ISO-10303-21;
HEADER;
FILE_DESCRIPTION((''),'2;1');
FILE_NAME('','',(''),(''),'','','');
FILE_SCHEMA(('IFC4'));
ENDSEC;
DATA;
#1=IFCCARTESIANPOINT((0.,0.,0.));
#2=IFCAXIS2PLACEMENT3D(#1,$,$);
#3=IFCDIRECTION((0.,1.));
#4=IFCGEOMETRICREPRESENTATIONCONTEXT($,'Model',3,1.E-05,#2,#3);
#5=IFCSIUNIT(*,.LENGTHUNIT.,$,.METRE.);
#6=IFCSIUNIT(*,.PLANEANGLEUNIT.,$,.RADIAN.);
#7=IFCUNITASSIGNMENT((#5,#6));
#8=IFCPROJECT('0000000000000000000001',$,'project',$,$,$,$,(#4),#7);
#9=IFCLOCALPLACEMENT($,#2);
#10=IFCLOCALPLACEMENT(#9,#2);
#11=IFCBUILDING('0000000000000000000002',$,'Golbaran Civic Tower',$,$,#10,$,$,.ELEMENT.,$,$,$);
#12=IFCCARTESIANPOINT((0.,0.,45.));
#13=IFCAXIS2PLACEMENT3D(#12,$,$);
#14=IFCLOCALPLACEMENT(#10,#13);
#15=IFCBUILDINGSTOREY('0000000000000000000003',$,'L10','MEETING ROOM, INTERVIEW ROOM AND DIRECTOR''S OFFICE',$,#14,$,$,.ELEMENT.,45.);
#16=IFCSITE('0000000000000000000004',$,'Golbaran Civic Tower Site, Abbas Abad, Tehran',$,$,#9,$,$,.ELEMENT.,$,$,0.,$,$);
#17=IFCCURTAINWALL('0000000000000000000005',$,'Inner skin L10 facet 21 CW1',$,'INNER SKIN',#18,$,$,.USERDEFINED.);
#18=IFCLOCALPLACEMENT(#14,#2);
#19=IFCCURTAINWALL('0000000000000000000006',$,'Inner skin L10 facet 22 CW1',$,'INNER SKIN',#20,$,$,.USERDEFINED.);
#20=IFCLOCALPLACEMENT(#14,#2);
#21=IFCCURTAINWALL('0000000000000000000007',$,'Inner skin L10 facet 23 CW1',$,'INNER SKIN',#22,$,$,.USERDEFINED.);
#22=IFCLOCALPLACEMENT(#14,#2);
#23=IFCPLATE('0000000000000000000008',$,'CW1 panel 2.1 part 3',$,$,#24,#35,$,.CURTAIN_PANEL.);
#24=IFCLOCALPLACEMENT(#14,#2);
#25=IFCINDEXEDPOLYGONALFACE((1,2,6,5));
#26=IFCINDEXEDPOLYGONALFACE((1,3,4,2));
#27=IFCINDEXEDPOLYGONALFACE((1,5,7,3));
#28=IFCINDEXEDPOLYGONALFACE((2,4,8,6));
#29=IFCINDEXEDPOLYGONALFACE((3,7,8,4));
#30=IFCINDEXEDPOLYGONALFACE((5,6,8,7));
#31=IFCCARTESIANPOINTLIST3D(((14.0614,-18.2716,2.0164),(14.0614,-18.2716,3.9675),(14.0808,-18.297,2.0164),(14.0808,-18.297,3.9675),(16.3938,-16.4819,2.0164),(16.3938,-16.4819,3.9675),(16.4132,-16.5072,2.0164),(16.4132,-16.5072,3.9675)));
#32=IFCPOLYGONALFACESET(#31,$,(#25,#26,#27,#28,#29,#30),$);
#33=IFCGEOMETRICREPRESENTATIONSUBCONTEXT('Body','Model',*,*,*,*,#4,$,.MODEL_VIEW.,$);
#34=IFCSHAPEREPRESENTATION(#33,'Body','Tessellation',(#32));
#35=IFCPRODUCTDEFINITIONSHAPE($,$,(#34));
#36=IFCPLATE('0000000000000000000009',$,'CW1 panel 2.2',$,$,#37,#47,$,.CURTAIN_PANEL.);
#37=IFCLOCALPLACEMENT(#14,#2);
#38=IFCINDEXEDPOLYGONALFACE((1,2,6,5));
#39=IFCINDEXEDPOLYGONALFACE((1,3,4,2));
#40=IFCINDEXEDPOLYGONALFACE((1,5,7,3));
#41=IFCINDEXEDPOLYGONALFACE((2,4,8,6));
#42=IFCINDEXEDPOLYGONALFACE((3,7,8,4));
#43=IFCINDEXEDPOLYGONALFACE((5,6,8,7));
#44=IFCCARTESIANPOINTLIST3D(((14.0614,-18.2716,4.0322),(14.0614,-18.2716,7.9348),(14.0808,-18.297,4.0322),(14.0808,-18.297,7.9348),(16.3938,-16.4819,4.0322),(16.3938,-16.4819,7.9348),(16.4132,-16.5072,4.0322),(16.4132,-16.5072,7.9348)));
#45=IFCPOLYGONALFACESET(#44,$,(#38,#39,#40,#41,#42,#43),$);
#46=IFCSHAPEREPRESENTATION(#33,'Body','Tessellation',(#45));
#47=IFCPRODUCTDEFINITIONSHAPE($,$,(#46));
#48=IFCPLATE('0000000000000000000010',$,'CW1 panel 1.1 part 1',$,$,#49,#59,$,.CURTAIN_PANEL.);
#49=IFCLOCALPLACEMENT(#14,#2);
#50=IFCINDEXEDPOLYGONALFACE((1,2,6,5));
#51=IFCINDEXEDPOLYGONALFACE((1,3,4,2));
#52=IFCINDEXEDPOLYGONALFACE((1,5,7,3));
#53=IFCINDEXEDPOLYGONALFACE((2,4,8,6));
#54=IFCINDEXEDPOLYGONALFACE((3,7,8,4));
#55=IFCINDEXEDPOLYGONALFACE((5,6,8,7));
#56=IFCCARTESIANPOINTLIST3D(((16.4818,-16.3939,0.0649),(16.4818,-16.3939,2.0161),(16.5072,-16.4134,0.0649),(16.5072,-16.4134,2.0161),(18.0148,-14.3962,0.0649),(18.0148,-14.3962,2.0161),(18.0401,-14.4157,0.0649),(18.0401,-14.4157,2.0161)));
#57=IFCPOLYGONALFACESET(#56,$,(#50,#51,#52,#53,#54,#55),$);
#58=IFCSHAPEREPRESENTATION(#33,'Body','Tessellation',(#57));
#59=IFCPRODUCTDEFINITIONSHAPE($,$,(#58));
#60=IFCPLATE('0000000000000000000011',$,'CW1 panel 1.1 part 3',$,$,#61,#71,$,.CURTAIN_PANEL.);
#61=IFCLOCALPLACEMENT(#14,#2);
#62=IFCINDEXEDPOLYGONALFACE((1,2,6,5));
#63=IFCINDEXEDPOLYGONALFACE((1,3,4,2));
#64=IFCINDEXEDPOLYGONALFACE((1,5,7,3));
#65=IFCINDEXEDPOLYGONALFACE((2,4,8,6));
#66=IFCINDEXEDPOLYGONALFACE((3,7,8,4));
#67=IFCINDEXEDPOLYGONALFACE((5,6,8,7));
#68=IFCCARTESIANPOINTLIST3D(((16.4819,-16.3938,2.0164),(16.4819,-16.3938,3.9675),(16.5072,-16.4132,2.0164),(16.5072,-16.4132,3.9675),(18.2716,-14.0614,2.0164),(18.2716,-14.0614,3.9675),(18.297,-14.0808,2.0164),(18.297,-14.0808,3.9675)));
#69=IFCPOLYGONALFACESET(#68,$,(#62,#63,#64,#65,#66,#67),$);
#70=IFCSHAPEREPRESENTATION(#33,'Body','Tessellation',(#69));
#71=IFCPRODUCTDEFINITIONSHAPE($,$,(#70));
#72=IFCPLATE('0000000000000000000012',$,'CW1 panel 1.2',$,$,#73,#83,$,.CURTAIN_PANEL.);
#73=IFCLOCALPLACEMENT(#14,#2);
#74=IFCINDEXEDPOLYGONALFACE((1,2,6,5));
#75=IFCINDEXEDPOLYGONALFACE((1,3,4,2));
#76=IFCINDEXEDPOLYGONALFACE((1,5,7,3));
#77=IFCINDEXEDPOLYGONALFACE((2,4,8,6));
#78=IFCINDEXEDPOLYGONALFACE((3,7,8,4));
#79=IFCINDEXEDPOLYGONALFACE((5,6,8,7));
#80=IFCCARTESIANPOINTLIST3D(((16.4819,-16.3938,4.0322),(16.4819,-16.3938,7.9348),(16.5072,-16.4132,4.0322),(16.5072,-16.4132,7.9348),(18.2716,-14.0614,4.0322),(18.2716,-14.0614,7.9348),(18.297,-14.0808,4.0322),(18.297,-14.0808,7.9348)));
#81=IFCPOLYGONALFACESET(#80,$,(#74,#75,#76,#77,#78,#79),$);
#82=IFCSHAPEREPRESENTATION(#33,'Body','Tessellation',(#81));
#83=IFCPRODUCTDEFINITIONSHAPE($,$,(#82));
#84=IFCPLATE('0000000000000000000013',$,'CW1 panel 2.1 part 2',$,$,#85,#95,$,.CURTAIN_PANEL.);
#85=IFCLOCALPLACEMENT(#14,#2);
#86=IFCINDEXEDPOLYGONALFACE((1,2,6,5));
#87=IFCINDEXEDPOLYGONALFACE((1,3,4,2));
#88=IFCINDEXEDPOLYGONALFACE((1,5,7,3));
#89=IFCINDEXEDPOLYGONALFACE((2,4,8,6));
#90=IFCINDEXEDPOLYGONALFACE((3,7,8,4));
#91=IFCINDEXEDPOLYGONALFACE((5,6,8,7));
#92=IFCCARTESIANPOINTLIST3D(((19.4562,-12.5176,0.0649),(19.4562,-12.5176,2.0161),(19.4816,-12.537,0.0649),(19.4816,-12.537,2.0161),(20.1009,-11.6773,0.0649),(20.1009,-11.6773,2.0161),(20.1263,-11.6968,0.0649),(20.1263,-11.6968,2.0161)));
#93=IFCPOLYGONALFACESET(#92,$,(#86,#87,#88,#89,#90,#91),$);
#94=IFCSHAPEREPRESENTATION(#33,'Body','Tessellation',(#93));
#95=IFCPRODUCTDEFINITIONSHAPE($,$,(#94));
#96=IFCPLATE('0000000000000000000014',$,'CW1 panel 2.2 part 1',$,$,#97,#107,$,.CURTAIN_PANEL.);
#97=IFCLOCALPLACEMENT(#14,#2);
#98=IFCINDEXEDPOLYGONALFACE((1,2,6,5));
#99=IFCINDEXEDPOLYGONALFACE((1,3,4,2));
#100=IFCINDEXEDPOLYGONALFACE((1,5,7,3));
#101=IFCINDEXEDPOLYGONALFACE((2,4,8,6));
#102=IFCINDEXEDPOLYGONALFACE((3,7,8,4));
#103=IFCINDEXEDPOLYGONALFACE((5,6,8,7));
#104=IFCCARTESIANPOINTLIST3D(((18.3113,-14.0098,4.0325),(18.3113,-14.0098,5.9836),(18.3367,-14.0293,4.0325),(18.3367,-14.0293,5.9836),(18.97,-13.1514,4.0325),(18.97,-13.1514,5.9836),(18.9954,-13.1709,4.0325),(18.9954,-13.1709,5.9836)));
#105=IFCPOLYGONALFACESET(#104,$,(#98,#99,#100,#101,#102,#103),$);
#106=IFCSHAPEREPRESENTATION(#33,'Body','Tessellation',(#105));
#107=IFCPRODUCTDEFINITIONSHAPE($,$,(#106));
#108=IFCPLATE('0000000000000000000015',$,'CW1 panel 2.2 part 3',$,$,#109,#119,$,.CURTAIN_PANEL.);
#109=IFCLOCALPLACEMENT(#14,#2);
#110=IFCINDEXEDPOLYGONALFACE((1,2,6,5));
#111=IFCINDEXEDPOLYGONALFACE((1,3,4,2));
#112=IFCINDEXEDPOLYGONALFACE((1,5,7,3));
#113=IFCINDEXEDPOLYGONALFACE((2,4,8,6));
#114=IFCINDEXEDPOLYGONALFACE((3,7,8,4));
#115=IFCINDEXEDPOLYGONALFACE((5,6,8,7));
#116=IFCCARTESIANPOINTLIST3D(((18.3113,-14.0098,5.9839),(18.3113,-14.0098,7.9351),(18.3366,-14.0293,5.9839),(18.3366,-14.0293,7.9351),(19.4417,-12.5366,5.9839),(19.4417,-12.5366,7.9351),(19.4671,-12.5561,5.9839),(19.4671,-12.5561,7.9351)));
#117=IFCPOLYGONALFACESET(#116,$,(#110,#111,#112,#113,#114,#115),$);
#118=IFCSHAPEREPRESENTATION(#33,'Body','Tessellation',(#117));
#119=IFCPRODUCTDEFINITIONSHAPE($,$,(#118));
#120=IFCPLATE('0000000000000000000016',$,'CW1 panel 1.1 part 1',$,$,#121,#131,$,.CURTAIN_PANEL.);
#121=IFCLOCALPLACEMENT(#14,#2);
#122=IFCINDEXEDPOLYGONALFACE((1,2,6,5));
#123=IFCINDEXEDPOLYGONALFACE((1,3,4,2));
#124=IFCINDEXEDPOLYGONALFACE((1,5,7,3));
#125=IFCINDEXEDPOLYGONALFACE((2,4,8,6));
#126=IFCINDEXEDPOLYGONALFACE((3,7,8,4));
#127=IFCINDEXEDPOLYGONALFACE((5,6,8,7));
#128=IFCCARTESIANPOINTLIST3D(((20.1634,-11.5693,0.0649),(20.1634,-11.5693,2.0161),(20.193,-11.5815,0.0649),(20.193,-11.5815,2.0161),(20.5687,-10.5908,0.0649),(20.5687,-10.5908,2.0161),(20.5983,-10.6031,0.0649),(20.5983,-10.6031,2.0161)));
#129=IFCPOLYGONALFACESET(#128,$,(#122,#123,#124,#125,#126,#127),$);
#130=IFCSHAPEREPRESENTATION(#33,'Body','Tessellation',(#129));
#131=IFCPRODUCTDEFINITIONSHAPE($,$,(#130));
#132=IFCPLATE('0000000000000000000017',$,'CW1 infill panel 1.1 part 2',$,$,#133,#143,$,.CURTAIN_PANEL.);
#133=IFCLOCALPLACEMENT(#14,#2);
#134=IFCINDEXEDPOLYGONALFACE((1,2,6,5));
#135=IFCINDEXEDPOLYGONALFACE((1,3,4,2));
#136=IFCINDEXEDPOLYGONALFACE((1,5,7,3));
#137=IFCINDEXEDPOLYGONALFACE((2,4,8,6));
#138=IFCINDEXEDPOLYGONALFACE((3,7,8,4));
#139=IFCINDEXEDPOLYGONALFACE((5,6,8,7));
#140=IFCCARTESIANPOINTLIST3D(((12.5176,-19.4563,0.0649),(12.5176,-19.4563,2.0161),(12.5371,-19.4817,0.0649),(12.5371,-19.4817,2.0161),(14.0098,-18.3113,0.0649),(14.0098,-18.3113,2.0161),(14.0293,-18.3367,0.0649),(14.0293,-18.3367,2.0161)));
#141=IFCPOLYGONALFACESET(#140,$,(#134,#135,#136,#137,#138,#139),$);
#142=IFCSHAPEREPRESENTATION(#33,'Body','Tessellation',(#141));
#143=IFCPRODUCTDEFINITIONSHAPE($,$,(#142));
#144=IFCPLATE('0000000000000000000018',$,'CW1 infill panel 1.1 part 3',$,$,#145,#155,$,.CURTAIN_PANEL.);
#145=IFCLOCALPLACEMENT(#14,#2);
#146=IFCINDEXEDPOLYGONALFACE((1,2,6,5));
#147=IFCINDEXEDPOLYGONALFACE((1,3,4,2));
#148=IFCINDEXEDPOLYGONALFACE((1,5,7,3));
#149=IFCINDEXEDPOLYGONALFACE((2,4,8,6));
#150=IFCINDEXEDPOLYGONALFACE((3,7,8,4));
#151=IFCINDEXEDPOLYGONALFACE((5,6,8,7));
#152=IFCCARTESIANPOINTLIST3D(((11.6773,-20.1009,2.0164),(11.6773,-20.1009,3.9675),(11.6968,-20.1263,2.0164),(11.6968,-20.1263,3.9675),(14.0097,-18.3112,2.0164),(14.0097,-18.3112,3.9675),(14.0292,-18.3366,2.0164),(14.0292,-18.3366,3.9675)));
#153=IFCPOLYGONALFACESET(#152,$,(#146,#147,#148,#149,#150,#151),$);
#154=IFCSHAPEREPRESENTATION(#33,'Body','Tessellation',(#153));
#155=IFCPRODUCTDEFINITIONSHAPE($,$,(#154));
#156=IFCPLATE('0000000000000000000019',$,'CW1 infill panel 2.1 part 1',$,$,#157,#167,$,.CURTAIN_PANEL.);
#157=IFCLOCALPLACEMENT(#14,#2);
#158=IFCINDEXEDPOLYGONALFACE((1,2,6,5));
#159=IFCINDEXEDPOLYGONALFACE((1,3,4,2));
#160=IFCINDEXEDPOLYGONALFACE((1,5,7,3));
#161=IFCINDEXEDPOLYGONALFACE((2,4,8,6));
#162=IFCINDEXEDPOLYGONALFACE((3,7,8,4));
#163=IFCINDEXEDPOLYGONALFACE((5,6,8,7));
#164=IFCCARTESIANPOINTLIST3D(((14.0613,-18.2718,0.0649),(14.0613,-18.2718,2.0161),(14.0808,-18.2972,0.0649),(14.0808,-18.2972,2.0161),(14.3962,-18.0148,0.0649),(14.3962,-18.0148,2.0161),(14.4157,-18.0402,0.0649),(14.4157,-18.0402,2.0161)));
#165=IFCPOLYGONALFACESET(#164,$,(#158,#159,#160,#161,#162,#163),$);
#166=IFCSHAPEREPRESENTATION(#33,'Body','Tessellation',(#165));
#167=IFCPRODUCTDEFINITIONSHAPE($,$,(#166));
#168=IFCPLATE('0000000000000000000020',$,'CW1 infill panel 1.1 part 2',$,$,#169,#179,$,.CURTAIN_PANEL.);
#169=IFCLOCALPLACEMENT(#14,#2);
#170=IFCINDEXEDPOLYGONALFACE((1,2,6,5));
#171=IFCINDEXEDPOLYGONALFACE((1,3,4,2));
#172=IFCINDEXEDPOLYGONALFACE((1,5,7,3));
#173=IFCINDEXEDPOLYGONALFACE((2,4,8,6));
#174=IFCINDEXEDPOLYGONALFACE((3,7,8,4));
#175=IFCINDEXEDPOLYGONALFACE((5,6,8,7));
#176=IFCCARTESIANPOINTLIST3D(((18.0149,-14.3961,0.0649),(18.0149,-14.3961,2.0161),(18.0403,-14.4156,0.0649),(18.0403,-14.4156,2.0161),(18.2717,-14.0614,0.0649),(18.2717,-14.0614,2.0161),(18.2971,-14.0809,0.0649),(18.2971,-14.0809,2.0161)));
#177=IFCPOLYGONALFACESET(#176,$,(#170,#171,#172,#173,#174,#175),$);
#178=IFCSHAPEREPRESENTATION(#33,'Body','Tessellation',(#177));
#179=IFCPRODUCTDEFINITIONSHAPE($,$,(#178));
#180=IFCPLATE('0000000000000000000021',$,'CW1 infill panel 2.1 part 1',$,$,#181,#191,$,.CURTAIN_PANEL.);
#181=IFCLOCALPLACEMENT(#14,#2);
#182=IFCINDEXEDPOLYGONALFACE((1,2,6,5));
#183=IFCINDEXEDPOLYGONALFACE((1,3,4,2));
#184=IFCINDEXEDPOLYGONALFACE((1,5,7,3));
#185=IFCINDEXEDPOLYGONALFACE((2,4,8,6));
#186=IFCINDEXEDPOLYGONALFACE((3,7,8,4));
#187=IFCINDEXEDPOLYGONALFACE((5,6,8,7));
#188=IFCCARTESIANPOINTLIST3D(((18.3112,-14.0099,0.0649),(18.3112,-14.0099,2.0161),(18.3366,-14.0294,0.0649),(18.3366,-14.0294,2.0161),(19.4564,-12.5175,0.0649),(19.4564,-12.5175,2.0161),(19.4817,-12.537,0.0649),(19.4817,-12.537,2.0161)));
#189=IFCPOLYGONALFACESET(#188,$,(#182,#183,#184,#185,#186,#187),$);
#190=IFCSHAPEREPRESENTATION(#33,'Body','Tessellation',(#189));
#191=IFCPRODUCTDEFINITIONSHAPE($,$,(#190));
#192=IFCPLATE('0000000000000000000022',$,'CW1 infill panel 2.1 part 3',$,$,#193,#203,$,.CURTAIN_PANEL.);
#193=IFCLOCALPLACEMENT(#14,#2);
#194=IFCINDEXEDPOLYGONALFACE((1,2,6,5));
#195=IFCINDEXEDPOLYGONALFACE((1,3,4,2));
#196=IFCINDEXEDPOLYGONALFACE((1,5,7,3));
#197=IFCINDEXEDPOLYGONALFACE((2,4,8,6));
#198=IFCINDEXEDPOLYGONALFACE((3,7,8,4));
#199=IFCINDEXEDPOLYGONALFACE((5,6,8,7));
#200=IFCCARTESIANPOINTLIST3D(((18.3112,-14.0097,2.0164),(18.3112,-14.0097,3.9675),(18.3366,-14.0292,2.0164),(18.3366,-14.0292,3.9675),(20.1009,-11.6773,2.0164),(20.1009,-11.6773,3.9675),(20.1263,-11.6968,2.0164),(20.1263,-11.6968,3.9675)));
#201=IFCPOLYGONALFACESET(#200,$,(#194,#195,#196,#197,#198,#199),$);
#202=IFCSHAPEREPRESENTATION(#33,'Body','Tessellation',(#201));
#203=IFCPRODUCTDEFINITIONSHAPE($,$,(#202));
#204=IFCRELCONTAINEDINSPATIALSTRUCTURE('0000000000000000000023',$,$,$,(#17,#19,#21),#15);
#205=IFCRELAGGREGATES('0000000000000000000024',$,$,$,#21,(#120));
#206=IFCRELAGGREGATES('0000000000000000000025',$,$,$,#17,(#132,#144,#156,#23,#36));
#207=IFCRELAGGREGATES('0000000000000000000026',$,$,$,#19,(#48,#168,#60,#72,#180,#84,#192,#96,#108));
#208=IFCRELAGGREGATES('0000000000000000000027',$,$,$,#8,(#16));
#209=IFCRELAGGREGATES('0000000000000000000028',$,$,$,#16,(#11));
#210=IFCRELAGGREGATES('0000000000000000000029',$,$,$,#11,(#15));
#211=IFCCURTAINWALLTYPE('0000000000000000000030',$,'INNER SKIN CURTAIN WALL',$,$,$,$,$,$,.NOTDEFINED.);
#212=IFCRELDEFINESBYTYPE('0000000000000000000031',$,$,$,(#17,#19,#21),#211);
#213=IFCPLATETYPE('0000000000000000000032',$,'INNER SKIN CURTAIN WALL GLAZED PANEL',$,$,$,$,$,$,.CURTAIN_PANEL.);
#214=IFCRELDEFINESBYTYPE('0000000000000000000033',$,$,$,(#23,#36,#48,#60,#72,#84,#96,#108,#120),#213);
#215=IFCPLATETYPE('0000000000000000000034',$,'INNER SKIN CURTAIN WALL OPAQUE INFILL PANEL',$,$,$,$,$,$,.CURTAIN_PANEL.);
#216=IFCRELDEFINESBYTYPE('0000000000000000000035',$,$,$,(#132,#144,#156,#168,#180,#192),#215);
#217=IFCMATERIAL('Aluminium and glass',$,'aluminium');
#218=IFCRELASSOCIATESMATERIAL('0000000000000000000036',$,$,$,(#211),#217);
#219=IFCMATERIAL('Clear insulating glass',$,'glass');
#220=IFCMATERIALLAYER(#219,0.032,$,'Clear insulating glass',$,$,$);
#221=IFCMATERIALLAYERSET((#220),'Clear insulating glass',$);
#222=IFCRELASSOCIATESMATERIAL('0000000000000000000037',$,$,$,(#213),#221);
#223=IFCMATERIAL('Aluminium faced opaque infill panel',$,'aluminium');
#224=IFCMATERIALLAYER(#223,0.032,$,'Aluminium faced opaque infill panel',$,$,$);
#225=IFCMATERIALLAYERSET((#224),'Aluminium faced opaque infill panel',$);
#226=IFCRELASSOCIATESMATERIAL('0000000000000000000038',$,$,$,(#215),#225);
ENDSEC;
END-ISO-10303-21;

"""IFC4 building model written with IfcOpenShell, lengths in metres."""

from ifc_helpers import new_model, si_unit, direction, frame, origin, origin_2d, place, context, subcontext, project, spatial, rectangle, extrude, material, layer, layer_set, type_object, element, aggregate, save


model = new_model("IFC4")

# Units and contexts
model_context = context("Model", 3, precision=1e-05, world=origin(), true_north=direction((0.0, 1.0)))
body_context = subcontext(model_context, "Body", "Model", "MODEL_VIEW")
ifc_project = project(units=[si_unit("LENGTHUNIT", "METRE"), si_unit("PLANEANGLEUNIT", "RADIAN")], contexts=[model_context])

# Site, building, storey
site_placement = place(None, origin())
site = spatial("IfcSite", under=ifc_project, at=site_placement, Name="Golbaran Civic Tower Site, Abbas Abad, Tehran", CompositionType="ELEMENT", RefElevation=0.0)
building_placement = place(site_placement, origin())
building = spatial("IfcBuilding", under=site, at=building_placement, Name="Golbaran Civic Tower", CompositionType="ELEMENT")
storey_placement = place(building_placement, frame((0.0, 0.0, 45.0)))
storey = spatial("IfcBuildingStorey", under=building, at=storey_placement, Name="L10", Description="MEETING ROOM, INTERVIEW ROOM AND DIRECTOR'S OFFICE", CompositionType="ELEMENT", Elevation=45.0)

# Curtain walls
ifc_material_1 = material(Name="Aluminium and glass", Category="aluminium")
curtain_wall_type = type_object("IfcCurtainWallType", Name="INNER SKIN CURTAIN WALL", PredefinedType="NOTDEFINED", material=ifc_material_1)
curtain_wall_1_placement = place(storey_placement, origin())
curtain_wall_1 = element("IfcCurtainWall", 1, at=curtain_wall_1_placement, inside=storey, type_object=curtain_wall_type, Name="Inner skin L10 facet 21 CW1", ObjectType="INNER SKIN", PredefinedType="USERDEFINED")
curtain_wall_2_placement = place(storey_placement, origin())
curtain_wall_2 = element("IfcCurtainWall", 2, at=curtain_wall_2_placement, inside=storey, type_object=curtain_wall_type, Name="Inner skin L10 facet 22 CW1", ObjectType="INNER SKIN", PredefinedType="USERDEFINED")

# Curtain wall
curtain_wall_3_placement = place(storey_placement, origin())
curtain_wall_3 = element("IfcCurtainWall", 3, at=curtain_wall_3_placement, inside=storey, type_object=curtain_wall_type, Name="Inner skin L10 facet 23 CW1", ObjectType="INNER SKIN", PredefinedType="USERDEFINED")

# Plates
ifc_material_2 = material(Name="Clear insulating glass", Category="glass")
ifc_layer_1 = layer(ifc_material_2, 0.032, Name="Clear insulating glass")
ifc_layer_set_1 = layer_set([ifc_layer_1], Name="Clear insulating glass")
plate_type_1 = type_object("IfcPlateType", Name="INNER SKIN CURTAIN WALL GLAZED PANEL", PredefinedType="CURTAIN_PANEL", material=ifc_layer_set_1)
plate_1_placement = place(storey_placement, frame((15.2373, -17.3894, 2.0164), z_axis=(0.0, 0.0, 1.0), x_axis=(0.793353, 0.608761, 0.0)))
plate_1 = element("IfcPlate", 4, at=plate_1_placement, type_object=plate_type_1, Name="CW1 panel 2.1 part 3", PredefinedType="CURTAIN_PANEL", context=body_context, shape_type="SweptSolid", body=[
    extrude(rectangle(XDim=2.9399, YDim=0.032, at=origin_2d()), origin(), (0.0, 0.0, 1.0), 1.9512),
])
plate_2_placement = place(storey_placement, frame((15.2373, -17.3894, 4.0322), z_axis=(0.0, 0.0, 1.0), x_axis=(0.793353, 0.608761, 0.0)))
plate_2 = element("IfcPlate", 5, at=plate_2_placement, type_object=plate_type_1, Name="CW1 panel 2.2", PredefinedType="CURTAIN_PANEL", context=body_context, shape_type="SweptSolid", body=[
    extrude(rectangle(XDim=2.9399, YDim=0.032, at=origin_2d()), origin(), (0.0, 0.0, 1.0), 3.9026),
])
plate_3_placement = place(storey_placement, frame((17.261, -15.4048, 0.0649), z_axis=(0.0, 0.0, 1.0), x_axis=(0.608761, 0.793353, 0.0)))
plate_3 = element("IfcPlate", 6, at=plate_3_placement, type_object=plate_type_1, Name="CW1 panel 1.1 part 1", PredefinedType="CURTAIN_PANEL", context=body_context, shape_type="SweptSolid", body=[
    extrude(rectangle(XDim=2.5181, YDim=0.032, at=origin_2d()), origin(), (0.0, 0.0, 1.0), 1.9512),
])
plate_4_placement = place(storey_placement, frame((17.3894, -15.2373, 2.0164), z_axis=(0.0, 0.0, 1.0), x_axis=(0.608761, 0.793353, 0.0)))
plate_4 = element("IfcPlate", 7, at=plate_4_placement, type_object=plate_type_1, Name="CW1 panel 1.1 part 3", PredefinedType="CURTAIN_PANEL", context=body_context, shape_type="SweptSolid", body=[
    extrude(rectangle(XDim=2.9399, YDim=0.032, at=origin_2d()), origin(), (0.0, 0.0, 1.0), 1.9512),
])
plate_5_placement = place(storey_placement, frame((17.3894, -15.2373, 4.0322), z_axis=(0.0, 0.0, 1.0), x_axis=(0.608761, 0.793353, 0.0)))
plate_5 = element("IfcPlate", 8, at=plate_5_placement, type_object=plate_type_1, Name="CW1 panel 1.2", PredefinedType="CURTAIN_PANEL", context=body_context, shape_type="SweptSolid", body=[
    extrude(rectangle(XDim=2.9399, YDim=0.032, at=origin_2d()), origin(), (0.0, 0.0, 1.0), 3.9026),
])
plate_6_placement = place(storey_placement, frame((19.7913, -12.1072, 0.0649), z_axis=(0.0, 0.0, 1.0), x_axis=(0.608761, 0.793353, 0.0)))
plate_6 = element("IfcPlate", 9, at=plate_6_placement, type_object=plate_type_1, Name="CW1 panel 2.1 part 2", PredefinedType="CURTAIN_PANEL", context=body_context, shape_type="SweptSolid", body=[
    extrude(rectangle(XDim=1.0591, YDim=0.032, at=origin_2d()), origin(), (0.0, 0.0, 1.0), 1.9512),
])
plate_7_placement = place(storey_placement, frame((18.6533, -13.5903, 4.0325), z_axis=(0.0, 0.0, 1.0), x_axis=(0.608761, 0.793353, 0.0)))
plate_7 = element("IfcPlate", 10, at=plate_7_placement, type_object=plate_type_1, Name="CW1 panel 2.2 part 1", PredefinedType="CURTAIN_PANEL", context=body_context, shape_type="SweptSolid", body=[
    extrude(rectangle(XDim=1.082, YDim=0.032, at=origin_2d()), origin(), (0.0, 0.0, 1.0), 1.9512),
])
plate_8_placement = place(storey_placement, frame((18.8892, -13.283, 5.9839), z_axis=(0.0, 0.0, 1.0), x_axis=(0.608761, 0.793353, 0.0)))
plate_8 = element("IfcPlate", 11, at=plate_8_placement, type_object=plate_type_1, Name="CW1 panel 2.2 part 3", PredefinedType="CURTAIN_PANEL", context=body_context, shape_type="SweptSolid", body=[
    extrude(rectangle(XDim=1.8569, YDim=0.032, at=origin_2d()), origin(), (0.0, 0.0, 1.0), 1.9512),
])
plate_9_placement = place(storey_placement, frame((20.3809, -11.0862, 0.0649), z_axis=(0.0, 0.0, 1.0), x_axis=(0.382683, 0.92388, 0.0)))
plate_9 = element("IfcPlate", 12, at=plate_9_placement, type_object=plate_type_1, Name="CW1 panel 1.1 part 1", PredefinedType="CURTAIN_PANEL", context=body_context, shape_type="SweptSolid", body=[
    extrude(rectangle(XDim=1.0591, YDim=0.032, at=origin_2d()), origin(), (0.0, 0.0, 1.0), 1.9512),
])
aggregate(curtain_wall_3, [plate_9])
ifc_material_3 = material(Name="Aluminium faced opaque infill panel", Category="aluminium")
ifc_layer_2 = layer(ifc_material_3, 0.032, Name="Aluminium faced opaque infill panel")
ifc_layer_set_2 = layer_set([ifc_layer_2], Name="Aluminium faced opaque infill panel")
plate_type_2 = type_object("IfcPlateType", Name="INNER SKIN CURTAIN WALL OPAQUE INFILL PANEL", PredefinedType="CURTAIN_PANEL", material=ifc_layer_set_2)
plate_10_placement = place(storey_placement, frame((13.2734, -18.8965, 0.0649), z_axis=(0.0, 0.0, 1.0), x_axis=(0.793353, 0.608761, 0.0)))
plate_10 = element("IfcPlate", 13, at=plate_10_placement, type_object=plate_type_2, Name="CW1 infill panel 1.1 part 2", PredefinedType="CURTAIN_PANEL", context=body_context, shape_type="SweptSolid", body=[
    extrude(rectangle(XDim=1.8809, YDim=0.032, at=origin_2d()), origin(), (0.0, 0.0, 1.0), 1.9512),
])
plate_11_placement = place(storey_placement, frame((12.8533, -19.2188, 2.0164), z_axis=(0.0, 0.0, 1.0), x_axis=(0.793353, 0.608761, 0.0)))
plate_11 = element("IfcPlate", 14, at=plate_11_placement, type_object=plate_type_2, Name="CW1 infill panel 1.1 part 3", PredefinedType="CURTAIN_PANEL", context=body_context, shape_type="SweptSolid", body=[
    extrude(rectangle(XDim=2.9399, YDim=0.032, at=origin_2d()), origin(), (0.0, 0.0, 1.0), 1.9512),
])
plate_12_placement = place(storey_placement, frame((14.2385, -18.156, 0.0649), z_axis=(0.0, 0.0, 1.0), x_axis=(0.793353, 0.608761, 0.0)))
plate_12 = element("IfcPlate", 15, at=plate_12_placement, type_object=plate_type_2, Name="CW1 infill panel 2.1 part 1", PredefinedType="CURTAIN_PANEL", context=body_context, shape_type="SweptSolid", body=[
    extrude(rectangle(XDim=0.4221, YDim=0.032, at=origin_2d()), origin(), (0.0, 0.0, 1.0), 1.9512),
])
aggregate(curtain_wall_1, [plate_10, plate_11, plate_12, plate_1, plate_2])
plate_13_placement = place(storey_placement, frame((18.156, -14.2385, 0.0649), z_axis=(0.0, 0.0, 1.0), x_axis=(0.608761, 0.793353, 0.0)))
plate_13 = element("IfcPlate", 16, at=plate_13_placement, type_object=plate_type_2, Name="CW1 infill panel 1.1 part 2", PredefinedType="CURTAIN_PANEL", context=body_context, shape_type="SweptSolid", body=[
    extrude(rectangle(XDim=0.4219, YDim=0.032, at=origin_2d()), origin(), (0.0, 0.0, 1.0), 1.9512),
])
plate_14_placement = place(storey_placement, frame((18.8965, -13.2734, 0.0649), z_axis=(0.0, 0.0, 1.0), x_axis=(0.608761, 0.793353, 0.0)))
plate_14 = element("IfcPlate", 17, at=plate_14_placement, type_object=plate_type_2, Name="CW1 infill panel 2.1 part 1", PredefinedType="CURTAIN_PANEL", context=body_context, shape_type="SweptSolid", body=[
    extrude(rectangle(XDim=1.8811, YDim=0.032, at=origin_2d()), origin(), (0.0, 0.0, 1.0), 1.9512),
])
plate_15_placement = place(storey_placement, frame((19.2188, -12.8533, 2.0164), z_axis=(0.0, 0.0, 1.0), x_axis=(0.608761, 0.793353, 0.0)))
plate_15 = element("IfcPlate", 18, at=plate_15_placement, type_object=plate_type_2, Name="CW1 infill panel 2.1 part 3", PredefinedType="CURTAIN_PANEL", context=body_context, shape_type="SweptSolid", body=[
    extrude(rectangle(XDim=2.9399, YDim=0.032, at=origin_2d()), origin(), (0.0, 0.0, 1.0), 1.9512),
])
aggregate(curtain_wall_2, [plate_3, plate_13, plate_4, plate_5, plate_14, plate_6, plate_15, plate_7, plate_8])

save(model, "model.ifc")
